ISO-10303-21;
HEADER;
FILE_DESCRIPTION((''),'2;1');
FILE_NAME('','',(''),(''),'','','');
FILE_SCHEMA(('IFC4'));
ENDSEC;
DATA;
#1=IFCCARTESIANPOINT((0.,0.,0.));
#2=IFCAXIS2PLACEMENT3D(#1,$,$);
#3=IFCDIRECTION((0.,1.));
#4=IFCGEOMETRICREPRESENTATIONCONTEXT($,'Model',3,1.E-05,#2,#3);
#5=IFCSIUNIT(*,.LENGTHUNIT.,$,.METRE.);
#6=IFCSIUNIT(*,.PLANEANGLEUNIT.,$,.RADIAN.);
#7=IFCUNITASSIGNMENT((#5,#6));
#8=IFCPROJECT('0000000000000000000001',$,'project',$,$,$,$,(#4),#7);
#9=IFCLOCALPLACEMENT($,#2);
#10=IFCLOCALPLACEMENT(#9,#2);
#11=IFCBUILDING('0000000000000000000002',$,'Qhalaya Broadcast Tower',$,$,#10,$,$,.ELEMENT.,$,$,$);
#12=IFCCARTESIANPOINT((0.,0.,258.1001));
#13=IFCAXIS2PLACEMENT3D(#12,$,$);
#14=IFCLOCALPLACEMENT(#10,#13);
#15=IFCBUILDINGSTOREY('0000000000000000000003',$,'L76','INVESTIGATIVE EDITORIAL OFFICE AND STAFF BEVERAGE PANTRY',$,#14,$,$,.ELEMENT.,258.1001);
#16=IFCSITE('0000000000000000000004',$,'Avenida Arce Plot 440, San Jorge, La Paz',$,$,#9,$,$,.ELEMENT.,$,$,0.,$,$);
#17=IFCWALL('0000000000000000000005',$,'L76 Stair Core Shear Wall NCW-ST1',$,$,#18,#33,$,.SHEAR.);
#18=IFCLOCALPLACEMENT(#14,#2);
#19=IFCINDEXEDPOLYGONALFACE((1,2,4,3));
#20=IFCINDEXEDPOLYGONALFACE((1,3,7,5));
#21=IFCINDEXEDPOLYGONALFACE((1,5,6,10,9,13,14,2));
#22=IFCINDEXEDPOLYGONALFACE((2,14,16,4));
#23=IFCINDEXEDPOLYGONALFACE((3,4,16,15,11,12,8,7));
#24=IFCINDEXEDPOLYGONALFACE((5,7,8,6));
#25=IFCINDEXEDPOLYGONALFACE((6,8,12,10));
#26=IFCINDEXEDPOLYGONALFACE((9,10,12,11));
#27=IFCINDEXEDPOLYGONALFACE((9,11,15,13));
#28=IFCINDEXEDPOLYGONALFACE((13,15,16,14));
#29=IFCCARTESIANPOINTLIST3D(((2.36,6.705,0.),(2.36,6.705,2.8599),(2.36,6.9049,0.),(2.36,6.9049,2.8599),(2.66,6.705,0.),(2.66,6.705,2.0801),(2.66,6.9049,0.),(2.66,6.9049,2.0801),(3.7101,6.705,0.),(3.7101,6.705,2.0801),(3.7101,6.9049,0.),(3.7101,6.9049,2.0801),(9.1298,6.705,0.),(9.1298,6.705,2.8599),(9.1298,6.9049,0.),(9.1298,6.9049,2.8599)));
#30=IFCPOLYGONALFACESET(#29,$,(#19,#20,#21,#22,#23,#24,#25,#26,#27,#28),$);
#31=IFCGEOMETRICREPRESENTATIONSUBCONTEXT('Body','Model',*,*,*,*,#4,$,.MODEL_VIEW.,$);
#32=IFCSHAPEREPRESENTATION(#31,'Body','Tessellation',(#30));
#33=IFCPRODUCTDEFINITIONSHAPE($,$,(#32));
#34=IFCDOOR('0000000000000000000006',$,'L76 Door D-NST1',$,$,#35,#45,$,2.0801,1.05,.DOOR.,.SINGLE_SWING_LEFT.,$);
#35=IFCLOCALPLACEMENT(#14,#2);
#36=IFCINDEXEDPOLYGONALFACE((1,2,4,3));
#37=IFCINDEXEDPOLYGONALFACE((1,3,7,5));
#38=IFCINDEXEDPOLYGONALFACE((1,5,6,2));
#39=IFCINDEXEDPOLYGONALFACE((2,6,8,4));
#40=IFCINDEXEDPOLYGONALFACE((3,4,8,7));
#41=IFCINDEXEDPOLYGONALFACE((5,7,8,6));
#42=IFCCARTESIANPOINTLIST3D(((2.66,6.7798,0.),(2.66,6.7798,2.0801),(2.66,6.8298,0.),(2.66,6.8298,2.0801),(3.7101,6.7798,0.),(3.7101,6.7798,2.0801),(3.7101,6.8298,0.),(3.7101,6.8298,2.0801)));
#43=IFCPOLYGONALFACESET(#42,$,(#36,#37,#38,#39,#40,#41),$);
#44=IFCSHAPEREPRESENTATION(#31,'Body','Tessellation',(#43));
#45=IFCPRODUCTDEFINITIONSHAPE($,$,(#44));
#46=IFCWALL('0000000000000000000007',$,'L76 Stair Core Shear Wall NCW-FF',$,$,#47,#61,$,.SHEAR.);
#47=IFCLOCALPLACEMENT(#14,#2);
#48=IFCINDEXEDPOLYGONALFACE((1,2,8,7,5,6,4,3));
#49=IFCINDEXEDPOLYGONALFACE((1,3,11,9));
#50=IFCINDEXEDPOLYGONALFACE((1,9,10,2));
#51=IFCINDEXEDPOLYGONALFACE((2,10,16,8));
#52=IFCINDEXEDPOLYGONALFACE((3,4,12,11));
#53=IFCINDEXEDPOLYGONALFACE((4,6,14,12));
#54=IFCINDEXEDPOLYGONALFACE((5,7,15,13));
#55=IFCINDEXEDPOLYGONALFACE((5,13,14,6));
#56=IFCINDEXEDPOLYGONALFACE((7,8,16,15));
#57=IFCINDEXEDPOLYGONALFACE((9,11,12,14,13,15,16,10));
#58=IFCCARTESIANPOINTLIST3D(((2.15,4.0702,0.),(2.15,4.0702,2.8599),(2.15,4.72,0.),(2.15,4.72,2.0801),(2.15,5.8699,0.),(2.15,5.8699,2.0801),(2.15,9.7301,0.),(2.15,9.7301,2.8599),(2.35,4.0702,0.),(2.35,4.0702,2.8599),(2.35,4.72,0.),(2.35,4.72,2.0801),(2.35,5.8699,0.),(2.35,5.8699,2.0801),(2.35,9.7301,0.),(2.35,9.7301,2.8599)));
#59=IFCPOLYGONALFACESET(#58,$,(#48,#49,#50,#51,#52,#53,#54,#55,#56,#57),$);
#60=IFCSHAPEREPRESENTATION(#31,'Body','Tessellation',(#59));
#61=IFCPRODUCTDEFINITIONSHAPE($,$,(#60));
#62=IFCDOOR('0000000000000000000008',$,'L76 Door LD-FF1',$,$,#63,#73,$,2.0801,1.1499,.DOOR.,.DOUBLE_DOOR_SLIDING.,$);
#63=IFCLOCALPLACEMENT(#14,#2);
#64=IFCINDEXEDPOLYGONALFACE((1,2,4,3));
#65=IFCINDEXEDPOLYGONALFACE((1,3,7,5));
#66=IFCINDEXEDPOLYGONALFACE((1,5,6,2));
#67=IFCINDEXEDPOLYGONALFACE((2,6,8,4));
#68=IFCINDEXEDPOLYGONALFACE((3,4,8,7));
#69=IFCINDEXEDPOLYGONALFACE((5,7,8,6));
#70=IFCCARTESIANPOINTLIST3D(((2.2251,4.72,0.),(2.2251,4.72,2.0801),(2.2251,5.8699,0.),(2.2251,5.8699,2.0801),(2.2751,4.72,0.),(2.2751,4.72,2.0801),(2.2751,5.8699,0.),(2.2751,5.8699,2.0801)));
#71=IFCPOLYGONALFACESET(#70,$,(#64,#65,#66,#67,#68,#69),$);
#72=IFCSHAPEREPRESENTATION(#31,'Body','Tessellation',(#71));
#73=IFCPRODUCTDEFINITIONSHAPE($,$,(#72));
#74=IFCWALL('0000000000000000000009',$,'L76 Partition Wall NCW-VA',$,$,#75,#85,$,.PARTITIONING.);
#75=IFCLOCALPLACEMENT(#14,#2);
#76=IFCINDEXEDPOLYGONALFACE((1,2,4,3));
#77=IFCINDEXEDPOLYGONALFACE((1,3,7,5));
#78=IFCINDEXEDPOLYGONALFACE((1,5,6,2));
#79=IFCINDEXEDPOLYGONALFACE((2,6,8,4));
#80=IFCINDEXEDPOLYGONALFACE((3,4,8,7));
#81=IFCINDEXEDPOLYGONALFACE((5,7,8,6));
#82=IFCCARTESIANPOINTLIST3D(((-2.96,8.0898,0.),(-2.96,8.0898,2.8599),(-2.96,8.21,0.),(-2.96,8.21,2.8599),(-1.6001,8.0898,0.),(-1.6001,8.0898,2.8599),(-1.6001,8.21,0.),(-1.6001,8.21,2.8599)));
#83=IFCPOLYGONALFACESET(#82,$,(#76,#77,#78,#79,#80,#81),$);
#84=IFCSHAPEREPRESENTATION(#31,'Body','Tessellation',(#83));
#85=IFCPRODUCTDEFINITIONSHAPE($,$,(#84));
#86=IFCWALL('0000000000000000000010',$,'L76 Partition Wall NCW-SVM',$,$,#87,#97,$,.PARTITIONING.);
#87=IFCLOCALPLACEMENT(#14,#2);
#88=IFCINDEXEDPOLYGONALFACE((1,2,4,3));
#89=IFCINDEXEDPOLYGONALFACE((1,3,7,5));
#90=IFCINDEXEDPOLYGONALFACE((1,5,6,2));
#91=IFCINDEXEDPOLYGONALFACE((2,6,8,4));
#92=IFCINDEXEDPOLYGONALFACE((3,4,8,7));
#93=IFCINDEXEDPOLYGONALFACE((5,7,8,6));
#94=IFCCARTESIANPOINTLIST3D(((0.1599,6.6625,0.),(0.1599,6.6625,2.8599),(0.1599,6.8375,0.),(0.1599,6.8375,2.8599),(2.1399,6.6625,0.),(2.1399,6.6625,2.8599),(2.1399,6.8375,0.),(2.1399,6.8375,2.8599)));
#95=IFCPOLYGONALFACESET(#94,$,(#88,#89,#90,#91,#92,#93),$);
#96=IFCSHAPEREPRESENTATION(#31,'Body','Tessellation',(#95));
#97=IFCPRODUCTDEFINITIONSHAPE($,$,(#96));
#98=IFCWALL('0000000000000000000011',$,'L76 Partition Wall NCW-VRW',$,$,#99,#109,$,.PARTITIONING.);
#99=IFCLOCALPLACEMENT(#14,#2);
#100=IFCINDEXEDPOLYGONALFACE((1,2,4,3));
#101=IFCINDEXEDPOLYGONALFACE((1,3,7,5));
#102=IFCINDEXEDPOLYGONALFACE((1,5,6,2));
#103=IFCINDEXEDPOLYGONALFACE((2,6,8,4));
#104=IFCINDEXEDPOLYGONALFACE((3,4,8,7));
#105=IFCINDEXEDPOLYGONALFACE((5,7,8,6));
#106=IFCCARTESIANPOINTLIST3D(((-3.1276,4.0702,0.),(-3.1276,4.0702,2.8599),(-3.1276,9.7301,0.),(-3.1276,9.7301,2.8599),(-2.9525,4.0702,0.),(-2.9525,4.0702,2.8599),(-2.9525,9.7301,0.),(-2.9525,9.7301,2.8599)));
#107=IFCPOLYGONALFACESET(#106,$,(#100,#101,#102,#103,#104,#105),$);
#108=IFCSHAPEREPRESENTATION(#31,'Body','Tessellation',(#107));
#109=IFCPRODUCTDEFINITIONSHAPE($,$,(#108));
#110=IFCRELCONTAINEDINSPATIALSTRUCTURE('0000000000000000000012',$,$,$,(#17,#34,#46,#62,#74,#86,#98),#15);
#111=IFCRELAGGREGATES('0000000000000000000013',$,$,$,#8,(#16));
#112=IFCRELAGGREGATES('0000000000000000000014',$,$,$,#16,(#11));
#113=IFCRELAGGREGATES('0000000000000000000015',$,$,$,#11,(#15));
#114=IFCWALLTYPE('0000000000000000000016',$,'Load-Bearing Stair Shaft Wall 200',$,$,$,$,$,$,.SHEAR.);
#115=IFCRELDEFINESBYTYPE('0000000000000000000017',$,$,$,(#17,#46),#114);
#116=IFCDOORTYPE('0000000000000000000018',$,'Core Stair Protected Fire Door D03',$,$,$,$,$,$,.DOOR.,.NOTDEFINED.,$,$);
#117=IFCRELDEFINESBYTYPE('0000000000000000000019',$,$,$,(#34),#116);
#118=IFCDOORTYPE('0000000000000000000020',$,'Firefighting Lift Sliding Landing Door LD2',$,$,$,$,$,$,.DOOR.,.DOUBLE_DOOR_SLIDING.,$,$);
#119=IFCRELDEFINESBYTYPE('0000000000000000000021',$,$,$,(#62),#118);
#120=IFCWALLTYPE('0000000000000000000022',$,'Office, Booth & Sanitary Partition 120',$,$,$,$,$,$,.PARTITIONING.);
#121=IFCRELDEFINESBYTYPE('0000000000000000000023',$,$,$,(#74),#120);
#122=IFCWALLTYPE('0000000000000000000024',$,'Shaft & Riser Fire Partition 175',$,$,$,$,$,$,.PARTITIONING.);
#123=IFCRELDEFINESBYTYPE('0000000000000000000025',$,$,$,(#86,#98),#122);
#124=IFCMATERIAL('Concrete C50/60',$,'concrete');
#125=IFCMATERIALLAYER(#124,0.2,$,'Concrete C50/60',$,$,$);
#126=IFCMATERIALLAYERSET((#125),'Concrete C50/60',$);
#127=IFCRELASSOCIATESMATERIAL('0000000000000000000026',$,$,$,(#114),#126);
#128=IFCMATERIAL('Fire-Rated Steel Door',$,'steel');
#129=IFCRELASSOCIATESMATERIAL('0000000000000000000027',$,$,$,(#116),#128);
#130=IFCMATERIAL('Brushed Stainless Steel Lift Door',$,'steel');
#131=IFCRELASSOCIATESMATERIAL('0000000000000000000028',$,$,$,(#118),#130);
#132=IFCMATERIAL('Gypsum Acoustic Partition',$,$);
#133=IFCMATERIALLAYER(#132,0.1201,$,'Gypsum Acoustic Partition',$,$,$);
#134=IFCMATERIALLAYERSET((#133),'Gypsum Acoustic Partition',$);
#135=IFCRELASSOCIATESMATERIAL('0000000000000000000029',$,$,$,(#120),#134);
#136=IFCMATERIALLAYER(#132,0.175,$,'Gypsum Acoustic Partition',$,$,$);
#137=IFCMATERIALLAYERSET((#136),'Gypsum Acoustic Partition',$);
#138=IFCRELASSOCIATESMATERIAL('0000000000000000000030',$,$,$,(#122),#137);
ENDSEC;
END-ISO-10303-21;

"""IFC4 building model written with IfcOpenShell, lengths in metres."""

from ifc_helpers import new_model, si_unit, direction, frame, frame_2d, origin, place, context, subcontext, project, spatial, rectangle, extrude, material, layer, layer_set, type_object, element, fill, save


model = new_model("IFC4")

# Units and contexts
model_context = context("Model", 3, precision=1e-05, world=origin(), true_north=direction((0.0, 1.0)))
body_context = subcontext(model_context, "Body", "Model", "MODEL_VIEW")
ifc_project = project(units=[si_unit("LENGTHUNIT", "METRE"), si_unit("PLANEANGLEUNIT", "RADIAN")], contexts=[model_context])

# Site, building, storey
site_placement = place(None, origin())
site = spatial("IfcSite", under=ifc_project, at=site_placement, Name="Avenida Arce Plot 440, San Jorge, La Paz", CompositionType="ELEMENT", RefElevation=0.0)
building_placement = place(site_placement, origin())
building = spatial("IfcBuilding", under=site, at=building_placement, Name="Qhalaya Broadcast Tower", CompositionType="ELEMENT")
storey_placement = place(building_placement, frame((0.0, 0.0, 258.1001)))
storey = spatial("IfcBuildingStorey", under=building, at=storey_placement, Name="L76", Description="INVESTIGATIVE EDITORIAL OFFICE AND STAFF BEVERAGE PANTRY", CompositionType="ELEMENT", Elevation=258.1001)

# Shared definitions
ifc_material_1 = material(Name="Concrete C50/60", Category="concrete")

# Shared definitions
ifc_material_2 = material(Name="Gypsum Acoustic Partition")
ifc_material_3 = material(Name="Fire-Rated Steel Door", Category="steel")

# Walls, openings, doors
ifc_layer_1 = layer(ifc_material_1, 0.2, Name="Concrete C50/60")
ifc_layer_set_1 = layer_set([ifc_layer_1], Name="Concrete C50/60")
wall_type_1 = type_object("IfcWallType", Name="Load-Bearing Stair Shaft Wall 200", PredefinedType="SHEAR", material=ifc_layer_set_1)
wall_1_placement = place(storey_placement, frame((2.3601, 6.8049, 0.0), z_axis=(0.0, 0.0, 1.0), x_axis=(1.0, 0.0, 0.0)))
wall_1 = element("IfcWall", 1, at=wall_1_placement, inside=storey, type_object=wall_type_1, Name="L76 Stair Core Shear Wall NCW-ST1", PredefinedType="SHEAR", context=body_context, shape_type="SweptSolid", body=[
    extrude(rectangle(XDim=6.7698, YDim=0.2, at=frame_2d((3.3848, 0.0))), origin(), (0.0, 0.0, 1.0), 2.8599),
])
opening_1_placement = place(wall_1_placement, frame((0.3, 0.0, 0.0)))
opening_1 = element("IfcOpeningElement", 2, at=opening_1_placement, cuts=wall_1, PredefinedType="OPENING", context=body_context, shape_type="SweptSolid", body=[
    extrude(rectangle(XDim=1.05, YDim=2.0801, at=frame_2d((0.5249, 1.04))), frame((0.0, 0.1121, 0.0), z_axis=(0.0, -1.0, 0.0), x_axis=(1.0, 0.0, 0.0)), (0.0, 0.0, 1.0), 0.2239),
])
door_type_1 = type_object("IfcDoorType", Name="Core Stair Protected Fire Door D03", OperationType="NOTDEFINED", PredefinedType="DOOR", material=ifc_material_3)
door_1_placement = place(opening_1_placement, origin())
door_1 = element("IfcDoor", 3, at=door_1_placement, inside=storey, type_object=door_type_1, Name="L76 Door D-NST1", OperationType="SINGLE_SWING_LEFT", OverallHeight=2.0801, OverallWidth=1.05, PredefinedType="DOOR", context=body_context, shape_type="SweptSolid", body=[
    extrude(rectangle(XDim=1.05, YDim=2.0801, at=frame_2d((0.5249, 1.04))), frame((0.0, 0.0249, 0.0), z_axis=(0.0, -1.0, 0.0), x_axis=(1.0, 0.0, 0.0)), (0.0, 0.0, 1.0), 0.05),
])
fill(opening_1, door_1)
wall_2_placement = place(storey_placement, frame((2.25, 4.0701, 0.0), z_axis=(0.0, 0.0, 1.0), x_axis=(0.0, 1.0, 0.0)))
wall_2 = element("IfcWall", 4, at=wall_2_placement, inside=storey, type_object=wall_type_1, Name="L76 Stair Core Shear Wall NCW-FF", PredefinedType="SHEAR", context=body_context, shape_type="SweptSolid", body=[
    extrude(rectangle(XDim=5.6599, YDim=0.2, at=frame_2d((2.8301, 0.0))), origin(), (0.0, 0.0, 1.0), 2.8599),
])
opening_2_placement = place(wall_2_placement, frame((0.6499, 0.0, 0.0)))
opening_2 = element("IfcOpeningElement", 5, at=opening_2_placement, cuts=wall_2, PredefinedType="OPENING", context=body_context, shape_type="SweptSolid", body=[
    extrude(rectangle(XDim=1.1499, YDim=2.0801, at=frame_2d((0.575, 1.04))), frame((0.0, 0.1121, 0.0), z_axis=(0.0, -1.0, 0.0), x_axis=(1.0, 0.0, 0.0)), (0.0, 0.0, 1.0), 0.2239),
])
ifc_material_4 = material(Name="Brushed Stainless Steel Lift Door", Category="steel")
door_type_2 = type_object("IfcDoorType", Name="Firefighting Lift Sliding Landing Door LD2", OperationType="DOUBLE_DOOR_SLIDING", PredefinedType="DOOR", material=ifc_material_4)
door_2_placement = place(opening_2_placement, origin())
door_2 = element("IfcDoor", 6, at=door_2_placement, inside=storey, type_object=door_type_2, Name="L76 Door LD-FF1", OperationType="DOUBLE_DOOR_SLIDING", OverallHeight=2.0801, OverallWidth=1.1499, PredefinedType="DOOR", context=body_context, shape_type="SweptSolid", body=[
    extrude(rectangle(XDim=1.1499, YDim=2.0801, at=frame_2d((0.575, 1.04))), frame((0.0, 0.0249, 0.0), z_axis=(0.0, -1.0, 0.0), x_axis=(1.0, 0.0, 0.0)), (0.0, 0.0, 1.0), 0.05),
])
fill(opening_2, door_2)

# Wall
ifc_layer_2 = layer(ifc_material_2, 0.1201, Name="Gypsum Acoustic Partition")
ifc_layer_set_2 = layer_set([ifc_layer_2], Name="Gypsum Acoustic Partition")
wall_type_2 = type_object("IfcWallType", Name="Office, Booth & Sanitary Partition 120", PredefinedType="PARTITIONING", material=ifc_layer_set_2)
wall_3_placement = place(storey_placement, frame((-2.96, 8.1499, 0.0), z_axis=(0.0, 0.0, 1.0), x_axis=(1.0, 0.0, 0.0)))
element("IfcWall", 7, at=wall_3_placement, inside=storey, type_object=wall_type_2, Name="L76 Partition Wall NCW-VA", PredefinedType="PARTITIONING", context=body_context, shape_type="SweptSolid", body=[
    extrude(rectangle(XDim=1.3599, YDim=0.1201, at=frame_2d((0.6799, 0.0))), origin(), (0.0, 0.0, 1.0), 2.8599),
])

# Shared definitions
ifc_layer_3 = layer(ifc_material_2, 0.175, Name="Gypsum Acoustic Partition")
ifc_layer_set_3 = layer_set([ifc_layer_3], Name="Gypsum Acoustic Partition")
wall_type_3 = type_object("IfcWallType", Name="Shaft & Riser Fire Partition 175", PredefinedType="PARTITIONING", material=ifc_layer_set_3)

# Walls
wall_4_placement = place(storey_placement, frame((0.1599, 6.75, 0.0), z_axis=(0.0, 0.0, 1.0), x_axis=(1.0, 0.0, 0.0)))
element("IfcWall", 8, at=wall_4_placement, inside=storey, type_object=wall_type_3, Name="L76 Partition Wall NCW-SVM", PredefinedType="PARTITIONING", context=body_context, shape_type="SweptSolid", body=[
    extrude(rectangle(XDim=1.98, YDim=0.175, at=frame_2d((0.99, 0.0))), origin(), (0.0, 0.0, 1.0), 2.8599),
])
wall_5_placement = place(storey_placement, frame((-3.04, 4.0701, 0.0), z_axis=(0.0, 0.0, 1.0), x_axis=(0.0, 1.0, 0.0)))
element("IfcWall", 9, at=wall_5_placement, inside=storey, type_object=wall_type_3, Name="L76 Partition Wall NCW-VRW", PredefinedType="PARTITIONING", context=body_context, shape_type="SweptSolid", body=[
    extrude(rectangle(XDim=5.6599, YDim=0.175, at=frame_2d((2.8301, 0.0))), origin(), (0.0, 0.0, 1.0), 2.8599),
])

save(model, "model.ifc")
